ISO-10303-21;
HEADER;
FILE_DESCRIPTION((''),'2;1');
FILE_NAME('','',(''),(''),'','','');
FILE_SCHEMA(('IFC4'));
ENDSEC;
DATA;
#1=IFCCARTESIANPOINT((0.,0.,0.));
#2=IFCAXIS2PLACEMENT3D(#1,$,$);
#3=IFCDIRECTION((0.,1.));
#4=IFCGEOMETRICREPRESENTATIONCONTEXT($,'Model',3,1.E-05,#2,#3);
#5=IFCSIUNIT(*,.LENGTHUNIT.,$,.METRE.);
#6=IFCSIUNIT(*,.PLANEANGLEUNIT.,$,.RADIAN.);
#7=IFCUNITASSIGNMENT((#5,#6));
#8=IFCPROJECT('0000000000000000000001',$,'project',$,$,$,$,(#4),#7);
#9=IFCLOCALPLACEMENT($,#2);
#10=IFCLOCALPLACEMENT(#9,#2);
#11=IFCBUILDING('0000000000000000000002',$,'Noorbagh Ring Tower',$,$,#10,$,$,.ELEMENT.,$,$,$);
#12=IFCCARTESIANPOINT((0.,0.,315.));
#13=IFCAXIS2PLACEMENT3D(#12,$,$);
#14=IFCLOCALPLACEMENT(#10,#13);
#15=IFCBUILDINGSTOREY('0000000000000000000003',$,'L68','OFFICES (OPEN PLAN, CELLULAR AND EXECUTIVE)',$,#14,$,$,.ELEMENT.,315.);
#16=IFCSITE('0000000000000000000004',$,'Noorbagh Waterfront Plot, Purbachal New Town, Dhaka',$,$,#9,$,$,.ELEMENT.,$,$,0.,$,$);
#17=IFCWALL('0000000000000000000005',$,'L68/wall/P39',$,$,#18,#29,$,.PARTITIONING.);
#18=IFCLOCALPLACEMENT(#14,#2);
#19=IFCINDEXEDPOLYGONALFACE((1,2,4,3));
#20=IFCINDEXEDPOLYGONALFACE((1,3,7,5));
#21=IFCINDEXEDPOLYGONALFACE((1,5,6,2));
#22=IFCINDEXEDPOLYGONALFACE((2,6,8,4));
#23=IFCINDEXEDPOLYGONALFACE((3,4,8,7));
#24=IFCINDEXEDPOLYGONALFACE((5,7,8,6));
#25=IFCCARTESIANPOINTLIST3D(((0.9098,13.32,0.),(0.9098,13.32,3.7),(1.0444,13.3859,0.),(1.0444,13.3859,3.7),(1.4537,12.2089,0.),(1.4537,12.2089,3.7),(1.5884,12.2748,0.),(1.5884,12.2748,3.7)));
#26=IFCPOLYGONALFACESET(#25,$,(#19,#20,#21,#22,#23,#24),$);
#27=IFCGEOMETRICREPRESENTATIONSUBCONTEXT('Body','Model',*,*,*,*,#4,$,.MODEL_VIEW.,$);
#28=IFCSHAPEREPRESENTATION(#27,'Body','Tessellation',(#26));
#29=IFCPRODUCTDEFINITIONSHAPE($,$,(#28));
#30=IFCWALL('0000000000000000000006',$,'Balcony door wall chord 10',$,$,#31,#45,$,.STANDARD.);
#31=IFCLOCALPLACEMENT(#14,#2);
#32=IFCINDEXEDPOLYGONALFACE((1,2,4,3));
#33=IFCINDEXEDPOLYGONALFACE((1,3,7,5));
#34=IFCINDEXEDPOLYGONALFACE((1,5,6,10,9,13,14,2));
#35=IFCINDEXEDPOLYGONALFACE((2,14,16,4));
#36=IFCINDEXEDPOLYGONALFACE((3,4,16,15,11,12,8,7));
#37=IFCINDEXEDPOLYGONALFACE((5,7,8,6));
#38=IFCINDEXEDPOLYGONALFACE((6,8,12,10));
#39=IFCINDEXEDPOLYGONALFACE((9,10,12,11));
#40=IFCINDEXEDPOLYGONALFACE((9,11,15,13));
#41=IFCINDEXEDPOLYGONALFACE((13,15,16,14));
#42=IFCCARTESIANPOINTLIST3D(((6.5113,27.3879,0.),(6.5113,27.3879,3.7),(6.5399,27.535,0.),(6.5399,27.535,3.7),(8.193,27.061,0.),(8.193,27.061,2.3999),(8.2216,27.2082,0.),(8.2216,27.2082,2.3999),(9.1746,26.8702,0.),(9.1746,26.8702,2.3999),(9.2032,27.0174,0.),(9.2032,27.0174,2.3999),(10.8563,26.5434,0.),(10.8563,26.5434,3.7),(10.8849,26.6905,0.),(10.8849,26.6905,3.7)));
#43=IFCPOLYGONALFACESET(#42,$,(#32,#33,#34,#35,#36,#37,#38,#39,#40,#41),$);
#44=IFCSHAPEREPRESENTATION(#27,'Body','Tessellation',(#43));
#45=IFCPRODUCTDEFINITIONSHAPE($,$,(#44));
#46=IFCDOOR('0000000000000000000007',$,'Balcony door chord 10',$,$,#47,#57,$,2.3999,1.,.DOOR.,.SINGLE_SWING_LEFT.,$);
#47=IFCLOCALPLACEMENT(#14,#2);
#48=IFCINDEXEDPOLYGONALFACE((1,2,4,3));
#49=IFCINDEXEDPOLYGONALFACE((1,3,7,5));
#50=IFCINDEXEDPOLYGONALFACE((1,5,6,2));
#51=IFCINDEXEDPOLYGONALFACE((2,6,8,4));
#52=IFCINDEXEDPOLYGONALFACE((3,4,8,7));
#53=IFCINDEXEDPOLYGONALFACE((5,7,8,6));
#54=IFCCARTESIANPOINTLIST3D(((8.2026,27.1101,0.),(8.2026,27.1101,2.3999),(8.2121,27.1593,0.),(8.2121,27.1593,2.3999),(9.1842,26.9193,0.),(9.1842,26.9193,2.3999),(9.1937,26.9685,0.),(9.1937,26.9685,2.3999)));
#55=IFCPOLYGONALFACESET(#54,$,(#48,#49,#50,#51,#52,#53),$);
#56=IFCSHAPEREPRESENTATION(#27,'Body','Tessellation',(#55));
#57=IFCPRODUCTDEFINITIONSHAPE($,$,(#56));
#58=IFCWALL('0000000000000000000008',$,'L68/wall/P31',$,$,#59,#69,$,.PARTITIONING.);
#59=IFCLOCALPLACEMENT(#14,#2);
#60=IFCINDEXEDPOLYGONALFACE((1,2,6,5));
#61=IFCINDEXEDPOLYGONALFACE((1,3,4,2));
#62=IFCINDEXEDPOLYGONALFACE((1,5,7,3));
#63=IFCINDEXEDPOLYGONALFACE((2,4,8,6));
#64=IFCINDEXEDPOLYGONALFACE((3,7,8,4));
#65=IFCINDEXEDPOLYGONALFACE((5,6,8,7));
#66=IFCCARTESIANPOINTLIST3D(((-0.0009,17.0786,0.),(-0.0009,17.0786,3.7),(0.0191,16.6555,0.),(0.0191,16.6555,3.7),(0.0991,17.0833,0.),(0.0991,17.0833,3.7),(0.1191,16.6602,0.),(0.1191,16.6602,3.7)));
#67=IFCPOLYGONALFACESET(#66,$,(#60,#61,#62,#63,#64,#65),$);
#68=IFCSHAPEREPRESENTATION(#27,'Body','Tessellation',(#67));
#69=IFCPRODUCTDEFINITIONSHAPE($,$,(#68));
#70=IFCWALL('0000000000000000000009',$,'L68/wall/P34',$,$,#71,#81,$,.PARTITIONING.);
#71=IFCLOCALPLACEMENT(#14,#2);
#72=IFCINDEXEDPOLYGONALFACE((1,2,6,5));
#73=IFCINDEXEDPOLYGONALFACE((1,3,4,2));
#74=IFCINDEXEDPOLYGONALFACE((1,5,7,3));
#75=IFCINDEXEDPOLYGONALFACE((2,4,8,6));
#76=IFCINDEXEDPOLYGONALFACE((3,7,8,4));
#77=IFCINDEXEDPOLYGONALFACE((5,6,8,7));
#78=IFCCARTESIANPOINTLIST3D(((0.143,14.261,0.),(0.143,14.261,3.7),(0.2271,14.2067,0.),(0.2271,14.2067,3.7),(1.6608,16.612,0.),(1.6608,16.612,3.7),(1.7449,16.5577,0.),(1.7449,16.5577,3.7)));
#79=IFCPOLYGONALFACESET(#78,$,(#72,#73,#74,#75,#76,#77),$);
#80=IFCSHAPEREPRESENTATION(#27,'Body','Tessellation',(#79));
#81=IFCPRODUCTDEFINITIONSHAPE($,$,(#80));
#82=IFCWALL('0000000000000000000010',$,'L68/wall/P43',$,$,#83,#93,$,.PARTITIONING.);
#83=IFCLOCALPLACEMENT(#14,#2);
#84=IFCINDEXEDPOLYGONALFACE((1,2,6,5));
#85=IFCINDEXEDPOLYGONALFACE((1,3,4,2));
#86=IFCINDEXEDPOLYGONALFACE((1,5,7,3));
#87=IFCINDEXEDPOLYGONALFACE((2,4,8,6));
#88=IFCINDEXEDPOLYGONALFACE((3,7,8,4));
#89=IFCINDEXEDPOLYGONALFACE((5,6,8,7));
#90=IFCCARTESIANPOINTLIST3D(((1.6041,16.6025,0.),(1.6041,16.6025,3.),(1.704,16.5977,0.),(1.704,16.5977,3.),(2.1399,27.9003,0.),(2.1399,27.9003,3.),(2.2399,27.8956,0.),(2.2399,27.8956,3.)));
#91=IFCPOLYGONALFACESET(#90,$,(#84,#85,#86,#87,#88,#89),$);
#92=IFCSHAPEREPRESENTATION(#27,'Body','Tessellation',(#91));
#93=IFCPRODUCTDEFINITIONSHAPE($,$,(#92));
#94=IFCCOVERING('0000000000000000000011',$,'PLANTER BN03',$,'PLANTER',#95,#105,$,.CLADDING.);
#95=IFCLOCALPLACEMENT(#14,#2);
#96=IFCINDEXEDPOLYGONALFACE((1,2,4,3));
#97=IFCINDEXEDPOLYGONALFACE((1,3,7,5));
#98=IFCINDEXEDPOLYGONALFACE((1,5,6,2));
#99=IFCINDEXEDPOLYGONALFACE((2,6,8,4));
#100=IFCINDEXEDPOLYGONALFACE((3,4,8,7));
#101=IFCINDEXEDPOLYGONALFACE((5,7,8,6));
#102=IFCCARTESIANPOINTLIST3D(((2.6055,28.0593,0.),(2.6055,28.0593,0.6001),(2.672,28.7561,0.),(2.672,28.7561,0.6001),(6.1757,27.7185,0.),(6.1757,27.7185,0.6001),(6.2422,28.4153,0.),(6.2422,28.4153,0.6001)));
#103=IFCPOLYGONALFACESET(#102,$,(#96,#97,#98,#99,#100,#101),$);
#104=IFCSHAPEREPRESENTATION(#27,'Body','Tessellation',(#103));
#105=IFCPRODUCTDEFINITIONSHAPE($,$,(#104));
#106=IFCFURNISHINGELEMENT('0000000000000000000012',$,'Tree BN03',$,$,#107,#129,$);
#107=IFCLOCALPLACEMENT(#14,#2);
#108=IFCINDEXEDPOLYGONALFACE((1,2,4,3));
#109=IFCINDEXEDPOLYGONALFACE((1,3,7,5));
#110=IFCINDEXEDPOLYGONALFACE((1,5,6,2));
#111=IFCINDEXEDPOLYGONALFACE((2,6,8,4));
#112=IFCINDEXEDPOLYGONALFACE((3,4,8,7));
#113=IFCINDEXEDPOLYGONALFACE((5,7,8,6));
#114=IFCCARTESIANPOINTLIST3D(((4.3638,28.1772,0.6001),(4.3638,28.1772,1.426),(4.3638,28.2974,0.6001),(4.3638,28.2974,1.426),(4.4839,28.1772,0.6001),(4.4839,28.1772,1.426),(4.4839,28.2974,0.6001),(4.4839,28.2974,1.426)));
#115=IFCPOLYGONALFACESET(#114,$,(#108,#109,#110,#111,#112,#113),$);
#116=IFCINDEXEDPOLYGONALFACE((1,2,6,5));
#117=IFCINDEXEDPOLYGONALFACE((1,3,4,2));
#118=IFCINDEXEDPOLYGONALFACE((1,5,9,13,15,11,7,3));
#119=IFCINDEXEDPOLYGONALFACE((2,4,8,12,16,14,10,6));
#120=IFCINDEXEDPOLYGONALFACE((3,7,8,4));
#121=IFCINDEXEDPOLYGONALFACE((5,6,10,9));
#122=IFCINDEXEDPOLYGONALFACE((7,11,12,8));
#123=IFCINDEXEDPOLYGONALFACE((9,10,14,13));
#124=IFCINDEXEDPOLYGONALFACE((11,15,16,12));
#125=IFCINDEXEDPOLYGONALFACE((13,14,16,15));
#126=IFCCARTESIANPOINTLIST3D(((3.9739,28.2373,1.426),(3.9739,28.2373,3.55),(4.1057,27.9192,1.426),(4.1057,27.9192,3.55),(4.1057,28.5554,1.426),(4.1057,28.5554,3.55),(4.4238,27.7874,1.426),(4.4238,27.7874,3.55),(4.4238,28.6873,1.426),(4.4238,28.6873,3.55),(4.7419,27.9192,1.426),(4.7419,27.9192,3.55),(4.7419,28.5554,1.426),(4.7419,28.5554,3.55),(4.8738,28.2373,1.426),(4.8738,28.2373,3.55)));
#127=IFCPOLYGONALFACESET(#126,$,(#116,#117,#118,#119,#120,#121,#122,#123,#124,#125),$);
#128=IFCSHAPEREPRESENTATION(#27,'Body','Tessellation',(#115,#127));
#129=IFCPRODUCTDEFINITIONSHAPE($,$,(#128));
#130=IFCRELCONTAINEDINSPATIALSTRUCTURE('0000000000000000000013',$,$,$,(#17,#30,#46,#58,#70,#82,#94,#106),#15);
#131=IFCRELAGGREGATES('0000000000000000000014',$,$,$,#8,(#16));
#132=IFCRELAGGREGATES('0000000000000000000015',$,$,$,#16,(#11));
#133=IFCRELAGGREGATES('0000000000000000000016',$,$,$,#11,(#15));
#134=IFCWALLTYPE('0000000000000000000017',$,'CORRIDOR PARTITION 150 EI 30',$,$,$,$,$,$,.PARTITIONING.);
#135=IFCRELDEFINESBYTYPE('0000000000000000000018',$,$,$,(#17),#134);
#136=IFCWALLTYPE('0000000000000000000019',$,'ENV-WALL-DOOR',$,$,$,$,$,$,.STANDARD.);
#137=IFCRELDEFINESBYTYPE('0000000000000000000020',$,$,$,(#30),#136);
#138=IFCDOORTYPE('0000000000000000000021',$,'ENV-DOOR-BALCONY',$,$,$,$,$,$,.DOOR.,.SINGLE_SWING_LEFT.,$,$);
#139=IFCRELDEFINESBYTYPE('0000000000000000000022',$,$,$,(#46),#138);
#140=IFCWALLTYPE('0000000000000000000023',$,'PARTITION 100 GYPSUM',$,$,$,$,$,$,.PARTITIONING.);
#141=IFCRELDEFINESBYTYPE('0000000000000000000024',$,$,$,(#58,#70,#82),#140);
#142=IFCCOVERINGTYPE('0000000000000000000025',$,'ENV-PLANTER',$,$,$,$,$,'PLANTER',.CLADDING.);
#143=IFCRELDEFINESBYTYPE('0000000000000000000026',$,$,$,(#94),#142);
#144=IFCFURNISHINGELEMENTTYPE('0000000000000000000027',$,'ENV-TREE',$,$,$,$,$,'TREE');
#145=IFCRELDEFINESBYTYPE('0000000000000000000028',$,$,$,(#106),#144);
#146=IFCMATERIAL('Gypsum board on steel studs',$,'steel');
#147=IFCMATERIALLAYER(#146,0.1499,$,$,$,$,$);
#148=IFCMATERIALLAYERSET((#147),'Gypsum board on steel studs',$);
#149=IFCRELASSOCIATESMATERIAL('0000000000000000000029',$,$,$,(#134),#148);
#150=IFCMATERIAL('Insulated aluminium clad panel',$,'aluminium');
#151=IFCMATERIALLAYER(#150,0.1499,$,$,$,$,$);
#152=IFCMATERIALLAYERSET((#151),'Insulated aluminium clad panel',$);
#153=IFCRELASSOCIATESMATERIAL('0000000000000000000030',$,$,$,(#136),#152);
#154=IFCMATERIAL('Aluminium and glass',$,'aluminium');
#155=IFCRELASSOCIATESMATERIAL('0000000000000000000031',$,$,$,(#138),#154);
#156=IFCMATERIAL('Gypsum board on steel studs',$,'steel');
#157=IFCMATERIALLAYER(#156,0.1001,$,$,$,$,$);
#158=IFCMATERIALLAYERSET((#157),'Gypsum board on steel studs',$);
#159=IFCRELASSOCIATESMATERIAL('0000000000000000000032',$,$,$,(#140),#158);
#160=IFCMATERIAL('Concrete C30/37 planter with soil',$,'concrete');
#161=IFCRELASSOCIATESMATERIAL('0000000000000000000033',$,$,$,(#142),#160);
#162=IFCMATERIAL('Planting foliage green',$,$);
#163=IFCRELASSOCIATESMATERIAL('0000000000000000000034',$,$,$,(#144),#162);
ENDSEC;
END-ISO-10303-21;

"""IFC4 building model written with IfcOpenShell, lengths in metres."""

from ifc_helpers import new_model, si_unit, direction, frame, frame_2d, origin, origin_2d, place, context, subcontext, project, spatial, polyline, rectangle, outline, extrude, material, layer, layer_set, type_object, element, fill, save


model = new_model("IFC4")

# Units and contexts
model_context = context("Model", 3, precision=1e-05, world=origin(), true_north=direction((0.0, 1.0)))
body_context = subcontext(model_context, "Body", "Model", "MODEL_VIEW")
ifc_project = project(units=[si_unit("LENGTHUNIT", "METRE"), si_unit("PLANEANGLEUNIT", "RADIAN")], contexts=[model_context])

# Site, building, storey
site_placement = place(None, origin())
site = spatial("IfcSite", under=ifc_project, at=site_placement, Name="Noorbagh Waterfront Plot, Purbachal New Town, Dhaka", CompositionType="ELEMENT", RefElevation=0.0)
building_placement = place(site_placement, origin())
building = spatial("IfcBuilding", under=site, at=building_placement, Name="Noorbagh Ring Tower", CompositionType="ELEMENT")
storey_placement = place(building_placement, frame((0.0, 0.0, 315.0)))
storey = spatial("IfcBuildingStorey", under=building, at=storey_placement, Name="L68", Description="OFFICES (OPEN PLAN, CELLULAR AND EXECUTIVE)", CompositionType="ELEMENT", Elevation=315.0)

# Wall
ifc_material_1 = material(Name="Gypsum board on steel studs", Category="steel")
ifc_layer_1 = layer(ifc_material_1, 0.1499)
ifc_layer_set_1 = layer_set([ifc_layer_1], Name="Gypsum board on steel studs")
wall_type_1 = type_object("IfcWallType", Name="CORRIDOR PARTITION 150 EI 30", PredefinedType="PARTITIONING", material=ifc_layer_set_1)
wall_1_placement = place(storey_placement, frame((0.9771, 13.353, 0.0), z_axis=(0.0, 0.0, 1.0), x_axis=(0.439699, -0.898145, 0.0)))
element("IfcWall", 1, at=wall_1_placement, inside=storey, type_object=wall_type_1, Name="L68/wall/P39", PredefinedType="PARTITIONING", context=body_context, shape_type="SweptSolid", body=[
    extrude(rectangle(XDim=1.2371, YDim=0.1499, at=frame_2d((0.6187, 0.0))), origin(), (0.0, 0.0, 1.0), 3.7),
])

# Wall, opening, door
ifc_material_2 = material(Name="Insulated aluminium clad panel", Category="aluminium")
ifc_layer_2 = layer(ifc_material_2, 0.1499)
ifc_layer_set_2 = layer_set([ifc_layer_2], Name="Insulated aluminium clad panel")
wall_type_2 = type_object("IfcWallType", Name="ENV-WALL-DOOR", PredefinedType="STANDARD", material=ifc_layer_set_2)
wall_2_placement = place(storey_placement, frame((10.8706, 26.6169, 0.0), z_axis=(0.0, 0.0, 1.0), x_axis=(-0.981631, 0.190788, 0.0)))
wall_2 = element("IfcWall", 2, at=wall_2_placement, inside=storey, type_object=wall_type_2, Name="Balcony door wall chord 10", PredefinedType="STANDARD", context=body_context, shape_type="SweptSolid", body=[
    extrude(rectangle(XDim=4.4263, YDim=0.1499, at=frame_2d((2.2131, 0.0))), origin(), (0.0, 0.0, 1.0), 3.7),
])
opening_placement = place(wall_2_placement, frame((1.7131, 0.0, 0.0)))
opening = element("IfcOpeningElement", 3, at=opening_placement, cuts=wall_2, PredefinedType="OPENING", context=body_context, shape_type="SweptSolid", body=[
    extrude(rectangle(XDim=1.0, YDim=2.3999, at=frame_2d((0.5, 1.2))), frame((0.0, 0.085, 0.0), z_axis=(0.0, -1.0, 0.0), x_axis=(1.0, 0.0, 0.0)), (0.0, 0.0, 1.0), 0.1699),
])
ifc_material_3 = material(Name="Aluminium and glass", Category="aluminium")
door_type = type_object("IfcDoorType", Name="ENV-DOOR-BALCONY", OperationType="SINGLE_SWING_LEFT", PredefinedType="DOOR", material=ifc_material_3)
door_placement = place(opening_placement, origin())
door = element("IfcDoor", 4, at=door_placement, inside=storey, type_object=door_type, Name="Balcony door chord 10", OperationType="SINGLE_SWING_LEFT", OverallHeight=2.3999, OverallWidth=1.0, PredefinedType="DOOR", context=body_context, shape_type="SweptSolid", body=[
    extrude(rectangle(XDim=1.0, YDim=2.3999, at=frame_2d((0.5, 1.2))), frame((0.0, 0.0249, 0.0), z_axis=(0.0, -1.0, 0.0), x_axis=(1.0, 0.0, 0.0)), (0.0, 0.0, 1.0), 0.05),
])
fill(opening, door)

# Walls
ifc_material_4 = material(Name="Gypsum board on steel studs", Category="steel")
ifc_layer_3 = layer(ifc_material_4, 0.1001)
ifc_layer_set_3 = layer_set([ifc_layer_3], Name="Gypsum board on steel studs")
wall_type_3 = type_object("IfcWallType", Name="PARTITION 100 GYPSUM", PredefinedType="PARTITIONING", material=ifc_layer_set_3)
wall_3_placement = place(storey_placement, frame((0.0491, 17.0811, 0.0), z_axis=(0.0, 0.0, 1.0), x_axis=(0.047264, -0.998882, 0.0)))
element("IfcWall", 5, at=wall_3_placement, inside=storey, type_object=wall_type_3, Name="L68/wall/P31", PredefinedType="PARTITIONING", context=body_context, shape_type="SweptSolid", body=[
    extrude(rectangle(XDim=0.4236, YDim=0.1001, at=frame_2d((0.2119, 0.0))), origin(), (0.0, 0.0, 1.0), 3.7),
])
wall_4_placement = place(storey_placement, frame((0.1851, 14.2339, 0.0), z_axis=(0.0, 0.0, 1.0), x_axis=(0.542379, 0.840134, 0.0)))
element("IfcWall", 6, at=wall_4_placement, inside=storey, type_object=wall_type_3, Name="L68/wall/P34", PredefinedType="PARTITIONING", context=body_context, shape_type="SweptSolid", body=[
    extrude(rectangle(XDim=2.7983, YDim=0.1001, at=frame_2d((1.3992, 0.0))), origin(), (0.0, 0.0, 1.0), 3.7),
])
wall_5_placement = place(storey_placement, frame((1.6541, 16.6001, 0.0), z_axis=(0.0, 0.0, 1.0), x_axis=(0.04738, 0.998877, 0.0)))
element("IfcWall", 7, at=wall_5_placement, inside=storey, type_object=wall_type_3, Name="L68/wall/P43", PredefinedType="PARTITIONING", context=body_context, shape_type="SweptSolid", body=[
    extrude(rectangle(XDim=11.3105, YDim=0.1001, at=frame_2d((5.6553, 0.0))), origin(), (0.0, 0.0, 1.0), 3.0),
])

# Covering
ifc_material_5 = material(Name="Concrete C30/37 planter with soil", Category="concrete")
covering_type = type_object("IfcCoveringType", Name="ENV-PLANTER", ElementType="PLANTER", PredefinedType="CLADDING", material=ifc_material_5)
covering_placement = place(storey_placement, frame((4.4238, 28.2373, 0.0), z_axis=(0.0, 0.0, 1.0), x_axis=(-0.995476, 0.095008, 0.0)))
element("IfcCovering", 8, at=covering_placement, inside=storey, type_object=covering_type, Name="PLANTER BN03", ObjectType="PLANTER", PredefinedType="CLADDING", context=body_context, shape_type="SweptSolid", body=[
    extrude(rectangle(XDim=3.5864, YDim=0.7, at=origin_2d()), origin(), (0.0, 0.0, 1.0), 0.6001),
])

# Furnishing element
ifc_material_6 = material(Name="Planting foliage green")
furnishing_element_type = type_object("IfcFurnishingElementType", Name="ENV-TREE", ElementType="TREE", material=ifc_material_6)
furnishing_placement = place(storey_placement, frame((4.4238, 28.2373, 0.6001), z_axis=(0.0, 0.0, 1.0), x_axis=(1.0, 0.0, 0.0)))
element("IfcFurnishingElement", 9, at=furnishing_placement, inside=storey, type_object=furnishing_element_type, Name="Tree BN03", context=body_context, shape_type="SweptSolid", body=[
    extrude(rectangle(XDim=0.1201, YDim=0.1201, at=origin_2d()), origin(), (0.0, 0.0, 1.0), 0.8259),
    extrude(outline(polyline([(0.45, 0.0), (0.3181, 0.3181), (0.0, 0.45), (-0.3181, 0.3181), (-0.45, 0.0), (-0.3181, -0.3181), (0.0, -0.45), (0.3181, -0.3181), (0.45, 0.0)])), frame((0.0, 0.0, 0.8259)), (0.0, 0.0, 1.0), 2.124),
])

save(model, "model.ifc")
